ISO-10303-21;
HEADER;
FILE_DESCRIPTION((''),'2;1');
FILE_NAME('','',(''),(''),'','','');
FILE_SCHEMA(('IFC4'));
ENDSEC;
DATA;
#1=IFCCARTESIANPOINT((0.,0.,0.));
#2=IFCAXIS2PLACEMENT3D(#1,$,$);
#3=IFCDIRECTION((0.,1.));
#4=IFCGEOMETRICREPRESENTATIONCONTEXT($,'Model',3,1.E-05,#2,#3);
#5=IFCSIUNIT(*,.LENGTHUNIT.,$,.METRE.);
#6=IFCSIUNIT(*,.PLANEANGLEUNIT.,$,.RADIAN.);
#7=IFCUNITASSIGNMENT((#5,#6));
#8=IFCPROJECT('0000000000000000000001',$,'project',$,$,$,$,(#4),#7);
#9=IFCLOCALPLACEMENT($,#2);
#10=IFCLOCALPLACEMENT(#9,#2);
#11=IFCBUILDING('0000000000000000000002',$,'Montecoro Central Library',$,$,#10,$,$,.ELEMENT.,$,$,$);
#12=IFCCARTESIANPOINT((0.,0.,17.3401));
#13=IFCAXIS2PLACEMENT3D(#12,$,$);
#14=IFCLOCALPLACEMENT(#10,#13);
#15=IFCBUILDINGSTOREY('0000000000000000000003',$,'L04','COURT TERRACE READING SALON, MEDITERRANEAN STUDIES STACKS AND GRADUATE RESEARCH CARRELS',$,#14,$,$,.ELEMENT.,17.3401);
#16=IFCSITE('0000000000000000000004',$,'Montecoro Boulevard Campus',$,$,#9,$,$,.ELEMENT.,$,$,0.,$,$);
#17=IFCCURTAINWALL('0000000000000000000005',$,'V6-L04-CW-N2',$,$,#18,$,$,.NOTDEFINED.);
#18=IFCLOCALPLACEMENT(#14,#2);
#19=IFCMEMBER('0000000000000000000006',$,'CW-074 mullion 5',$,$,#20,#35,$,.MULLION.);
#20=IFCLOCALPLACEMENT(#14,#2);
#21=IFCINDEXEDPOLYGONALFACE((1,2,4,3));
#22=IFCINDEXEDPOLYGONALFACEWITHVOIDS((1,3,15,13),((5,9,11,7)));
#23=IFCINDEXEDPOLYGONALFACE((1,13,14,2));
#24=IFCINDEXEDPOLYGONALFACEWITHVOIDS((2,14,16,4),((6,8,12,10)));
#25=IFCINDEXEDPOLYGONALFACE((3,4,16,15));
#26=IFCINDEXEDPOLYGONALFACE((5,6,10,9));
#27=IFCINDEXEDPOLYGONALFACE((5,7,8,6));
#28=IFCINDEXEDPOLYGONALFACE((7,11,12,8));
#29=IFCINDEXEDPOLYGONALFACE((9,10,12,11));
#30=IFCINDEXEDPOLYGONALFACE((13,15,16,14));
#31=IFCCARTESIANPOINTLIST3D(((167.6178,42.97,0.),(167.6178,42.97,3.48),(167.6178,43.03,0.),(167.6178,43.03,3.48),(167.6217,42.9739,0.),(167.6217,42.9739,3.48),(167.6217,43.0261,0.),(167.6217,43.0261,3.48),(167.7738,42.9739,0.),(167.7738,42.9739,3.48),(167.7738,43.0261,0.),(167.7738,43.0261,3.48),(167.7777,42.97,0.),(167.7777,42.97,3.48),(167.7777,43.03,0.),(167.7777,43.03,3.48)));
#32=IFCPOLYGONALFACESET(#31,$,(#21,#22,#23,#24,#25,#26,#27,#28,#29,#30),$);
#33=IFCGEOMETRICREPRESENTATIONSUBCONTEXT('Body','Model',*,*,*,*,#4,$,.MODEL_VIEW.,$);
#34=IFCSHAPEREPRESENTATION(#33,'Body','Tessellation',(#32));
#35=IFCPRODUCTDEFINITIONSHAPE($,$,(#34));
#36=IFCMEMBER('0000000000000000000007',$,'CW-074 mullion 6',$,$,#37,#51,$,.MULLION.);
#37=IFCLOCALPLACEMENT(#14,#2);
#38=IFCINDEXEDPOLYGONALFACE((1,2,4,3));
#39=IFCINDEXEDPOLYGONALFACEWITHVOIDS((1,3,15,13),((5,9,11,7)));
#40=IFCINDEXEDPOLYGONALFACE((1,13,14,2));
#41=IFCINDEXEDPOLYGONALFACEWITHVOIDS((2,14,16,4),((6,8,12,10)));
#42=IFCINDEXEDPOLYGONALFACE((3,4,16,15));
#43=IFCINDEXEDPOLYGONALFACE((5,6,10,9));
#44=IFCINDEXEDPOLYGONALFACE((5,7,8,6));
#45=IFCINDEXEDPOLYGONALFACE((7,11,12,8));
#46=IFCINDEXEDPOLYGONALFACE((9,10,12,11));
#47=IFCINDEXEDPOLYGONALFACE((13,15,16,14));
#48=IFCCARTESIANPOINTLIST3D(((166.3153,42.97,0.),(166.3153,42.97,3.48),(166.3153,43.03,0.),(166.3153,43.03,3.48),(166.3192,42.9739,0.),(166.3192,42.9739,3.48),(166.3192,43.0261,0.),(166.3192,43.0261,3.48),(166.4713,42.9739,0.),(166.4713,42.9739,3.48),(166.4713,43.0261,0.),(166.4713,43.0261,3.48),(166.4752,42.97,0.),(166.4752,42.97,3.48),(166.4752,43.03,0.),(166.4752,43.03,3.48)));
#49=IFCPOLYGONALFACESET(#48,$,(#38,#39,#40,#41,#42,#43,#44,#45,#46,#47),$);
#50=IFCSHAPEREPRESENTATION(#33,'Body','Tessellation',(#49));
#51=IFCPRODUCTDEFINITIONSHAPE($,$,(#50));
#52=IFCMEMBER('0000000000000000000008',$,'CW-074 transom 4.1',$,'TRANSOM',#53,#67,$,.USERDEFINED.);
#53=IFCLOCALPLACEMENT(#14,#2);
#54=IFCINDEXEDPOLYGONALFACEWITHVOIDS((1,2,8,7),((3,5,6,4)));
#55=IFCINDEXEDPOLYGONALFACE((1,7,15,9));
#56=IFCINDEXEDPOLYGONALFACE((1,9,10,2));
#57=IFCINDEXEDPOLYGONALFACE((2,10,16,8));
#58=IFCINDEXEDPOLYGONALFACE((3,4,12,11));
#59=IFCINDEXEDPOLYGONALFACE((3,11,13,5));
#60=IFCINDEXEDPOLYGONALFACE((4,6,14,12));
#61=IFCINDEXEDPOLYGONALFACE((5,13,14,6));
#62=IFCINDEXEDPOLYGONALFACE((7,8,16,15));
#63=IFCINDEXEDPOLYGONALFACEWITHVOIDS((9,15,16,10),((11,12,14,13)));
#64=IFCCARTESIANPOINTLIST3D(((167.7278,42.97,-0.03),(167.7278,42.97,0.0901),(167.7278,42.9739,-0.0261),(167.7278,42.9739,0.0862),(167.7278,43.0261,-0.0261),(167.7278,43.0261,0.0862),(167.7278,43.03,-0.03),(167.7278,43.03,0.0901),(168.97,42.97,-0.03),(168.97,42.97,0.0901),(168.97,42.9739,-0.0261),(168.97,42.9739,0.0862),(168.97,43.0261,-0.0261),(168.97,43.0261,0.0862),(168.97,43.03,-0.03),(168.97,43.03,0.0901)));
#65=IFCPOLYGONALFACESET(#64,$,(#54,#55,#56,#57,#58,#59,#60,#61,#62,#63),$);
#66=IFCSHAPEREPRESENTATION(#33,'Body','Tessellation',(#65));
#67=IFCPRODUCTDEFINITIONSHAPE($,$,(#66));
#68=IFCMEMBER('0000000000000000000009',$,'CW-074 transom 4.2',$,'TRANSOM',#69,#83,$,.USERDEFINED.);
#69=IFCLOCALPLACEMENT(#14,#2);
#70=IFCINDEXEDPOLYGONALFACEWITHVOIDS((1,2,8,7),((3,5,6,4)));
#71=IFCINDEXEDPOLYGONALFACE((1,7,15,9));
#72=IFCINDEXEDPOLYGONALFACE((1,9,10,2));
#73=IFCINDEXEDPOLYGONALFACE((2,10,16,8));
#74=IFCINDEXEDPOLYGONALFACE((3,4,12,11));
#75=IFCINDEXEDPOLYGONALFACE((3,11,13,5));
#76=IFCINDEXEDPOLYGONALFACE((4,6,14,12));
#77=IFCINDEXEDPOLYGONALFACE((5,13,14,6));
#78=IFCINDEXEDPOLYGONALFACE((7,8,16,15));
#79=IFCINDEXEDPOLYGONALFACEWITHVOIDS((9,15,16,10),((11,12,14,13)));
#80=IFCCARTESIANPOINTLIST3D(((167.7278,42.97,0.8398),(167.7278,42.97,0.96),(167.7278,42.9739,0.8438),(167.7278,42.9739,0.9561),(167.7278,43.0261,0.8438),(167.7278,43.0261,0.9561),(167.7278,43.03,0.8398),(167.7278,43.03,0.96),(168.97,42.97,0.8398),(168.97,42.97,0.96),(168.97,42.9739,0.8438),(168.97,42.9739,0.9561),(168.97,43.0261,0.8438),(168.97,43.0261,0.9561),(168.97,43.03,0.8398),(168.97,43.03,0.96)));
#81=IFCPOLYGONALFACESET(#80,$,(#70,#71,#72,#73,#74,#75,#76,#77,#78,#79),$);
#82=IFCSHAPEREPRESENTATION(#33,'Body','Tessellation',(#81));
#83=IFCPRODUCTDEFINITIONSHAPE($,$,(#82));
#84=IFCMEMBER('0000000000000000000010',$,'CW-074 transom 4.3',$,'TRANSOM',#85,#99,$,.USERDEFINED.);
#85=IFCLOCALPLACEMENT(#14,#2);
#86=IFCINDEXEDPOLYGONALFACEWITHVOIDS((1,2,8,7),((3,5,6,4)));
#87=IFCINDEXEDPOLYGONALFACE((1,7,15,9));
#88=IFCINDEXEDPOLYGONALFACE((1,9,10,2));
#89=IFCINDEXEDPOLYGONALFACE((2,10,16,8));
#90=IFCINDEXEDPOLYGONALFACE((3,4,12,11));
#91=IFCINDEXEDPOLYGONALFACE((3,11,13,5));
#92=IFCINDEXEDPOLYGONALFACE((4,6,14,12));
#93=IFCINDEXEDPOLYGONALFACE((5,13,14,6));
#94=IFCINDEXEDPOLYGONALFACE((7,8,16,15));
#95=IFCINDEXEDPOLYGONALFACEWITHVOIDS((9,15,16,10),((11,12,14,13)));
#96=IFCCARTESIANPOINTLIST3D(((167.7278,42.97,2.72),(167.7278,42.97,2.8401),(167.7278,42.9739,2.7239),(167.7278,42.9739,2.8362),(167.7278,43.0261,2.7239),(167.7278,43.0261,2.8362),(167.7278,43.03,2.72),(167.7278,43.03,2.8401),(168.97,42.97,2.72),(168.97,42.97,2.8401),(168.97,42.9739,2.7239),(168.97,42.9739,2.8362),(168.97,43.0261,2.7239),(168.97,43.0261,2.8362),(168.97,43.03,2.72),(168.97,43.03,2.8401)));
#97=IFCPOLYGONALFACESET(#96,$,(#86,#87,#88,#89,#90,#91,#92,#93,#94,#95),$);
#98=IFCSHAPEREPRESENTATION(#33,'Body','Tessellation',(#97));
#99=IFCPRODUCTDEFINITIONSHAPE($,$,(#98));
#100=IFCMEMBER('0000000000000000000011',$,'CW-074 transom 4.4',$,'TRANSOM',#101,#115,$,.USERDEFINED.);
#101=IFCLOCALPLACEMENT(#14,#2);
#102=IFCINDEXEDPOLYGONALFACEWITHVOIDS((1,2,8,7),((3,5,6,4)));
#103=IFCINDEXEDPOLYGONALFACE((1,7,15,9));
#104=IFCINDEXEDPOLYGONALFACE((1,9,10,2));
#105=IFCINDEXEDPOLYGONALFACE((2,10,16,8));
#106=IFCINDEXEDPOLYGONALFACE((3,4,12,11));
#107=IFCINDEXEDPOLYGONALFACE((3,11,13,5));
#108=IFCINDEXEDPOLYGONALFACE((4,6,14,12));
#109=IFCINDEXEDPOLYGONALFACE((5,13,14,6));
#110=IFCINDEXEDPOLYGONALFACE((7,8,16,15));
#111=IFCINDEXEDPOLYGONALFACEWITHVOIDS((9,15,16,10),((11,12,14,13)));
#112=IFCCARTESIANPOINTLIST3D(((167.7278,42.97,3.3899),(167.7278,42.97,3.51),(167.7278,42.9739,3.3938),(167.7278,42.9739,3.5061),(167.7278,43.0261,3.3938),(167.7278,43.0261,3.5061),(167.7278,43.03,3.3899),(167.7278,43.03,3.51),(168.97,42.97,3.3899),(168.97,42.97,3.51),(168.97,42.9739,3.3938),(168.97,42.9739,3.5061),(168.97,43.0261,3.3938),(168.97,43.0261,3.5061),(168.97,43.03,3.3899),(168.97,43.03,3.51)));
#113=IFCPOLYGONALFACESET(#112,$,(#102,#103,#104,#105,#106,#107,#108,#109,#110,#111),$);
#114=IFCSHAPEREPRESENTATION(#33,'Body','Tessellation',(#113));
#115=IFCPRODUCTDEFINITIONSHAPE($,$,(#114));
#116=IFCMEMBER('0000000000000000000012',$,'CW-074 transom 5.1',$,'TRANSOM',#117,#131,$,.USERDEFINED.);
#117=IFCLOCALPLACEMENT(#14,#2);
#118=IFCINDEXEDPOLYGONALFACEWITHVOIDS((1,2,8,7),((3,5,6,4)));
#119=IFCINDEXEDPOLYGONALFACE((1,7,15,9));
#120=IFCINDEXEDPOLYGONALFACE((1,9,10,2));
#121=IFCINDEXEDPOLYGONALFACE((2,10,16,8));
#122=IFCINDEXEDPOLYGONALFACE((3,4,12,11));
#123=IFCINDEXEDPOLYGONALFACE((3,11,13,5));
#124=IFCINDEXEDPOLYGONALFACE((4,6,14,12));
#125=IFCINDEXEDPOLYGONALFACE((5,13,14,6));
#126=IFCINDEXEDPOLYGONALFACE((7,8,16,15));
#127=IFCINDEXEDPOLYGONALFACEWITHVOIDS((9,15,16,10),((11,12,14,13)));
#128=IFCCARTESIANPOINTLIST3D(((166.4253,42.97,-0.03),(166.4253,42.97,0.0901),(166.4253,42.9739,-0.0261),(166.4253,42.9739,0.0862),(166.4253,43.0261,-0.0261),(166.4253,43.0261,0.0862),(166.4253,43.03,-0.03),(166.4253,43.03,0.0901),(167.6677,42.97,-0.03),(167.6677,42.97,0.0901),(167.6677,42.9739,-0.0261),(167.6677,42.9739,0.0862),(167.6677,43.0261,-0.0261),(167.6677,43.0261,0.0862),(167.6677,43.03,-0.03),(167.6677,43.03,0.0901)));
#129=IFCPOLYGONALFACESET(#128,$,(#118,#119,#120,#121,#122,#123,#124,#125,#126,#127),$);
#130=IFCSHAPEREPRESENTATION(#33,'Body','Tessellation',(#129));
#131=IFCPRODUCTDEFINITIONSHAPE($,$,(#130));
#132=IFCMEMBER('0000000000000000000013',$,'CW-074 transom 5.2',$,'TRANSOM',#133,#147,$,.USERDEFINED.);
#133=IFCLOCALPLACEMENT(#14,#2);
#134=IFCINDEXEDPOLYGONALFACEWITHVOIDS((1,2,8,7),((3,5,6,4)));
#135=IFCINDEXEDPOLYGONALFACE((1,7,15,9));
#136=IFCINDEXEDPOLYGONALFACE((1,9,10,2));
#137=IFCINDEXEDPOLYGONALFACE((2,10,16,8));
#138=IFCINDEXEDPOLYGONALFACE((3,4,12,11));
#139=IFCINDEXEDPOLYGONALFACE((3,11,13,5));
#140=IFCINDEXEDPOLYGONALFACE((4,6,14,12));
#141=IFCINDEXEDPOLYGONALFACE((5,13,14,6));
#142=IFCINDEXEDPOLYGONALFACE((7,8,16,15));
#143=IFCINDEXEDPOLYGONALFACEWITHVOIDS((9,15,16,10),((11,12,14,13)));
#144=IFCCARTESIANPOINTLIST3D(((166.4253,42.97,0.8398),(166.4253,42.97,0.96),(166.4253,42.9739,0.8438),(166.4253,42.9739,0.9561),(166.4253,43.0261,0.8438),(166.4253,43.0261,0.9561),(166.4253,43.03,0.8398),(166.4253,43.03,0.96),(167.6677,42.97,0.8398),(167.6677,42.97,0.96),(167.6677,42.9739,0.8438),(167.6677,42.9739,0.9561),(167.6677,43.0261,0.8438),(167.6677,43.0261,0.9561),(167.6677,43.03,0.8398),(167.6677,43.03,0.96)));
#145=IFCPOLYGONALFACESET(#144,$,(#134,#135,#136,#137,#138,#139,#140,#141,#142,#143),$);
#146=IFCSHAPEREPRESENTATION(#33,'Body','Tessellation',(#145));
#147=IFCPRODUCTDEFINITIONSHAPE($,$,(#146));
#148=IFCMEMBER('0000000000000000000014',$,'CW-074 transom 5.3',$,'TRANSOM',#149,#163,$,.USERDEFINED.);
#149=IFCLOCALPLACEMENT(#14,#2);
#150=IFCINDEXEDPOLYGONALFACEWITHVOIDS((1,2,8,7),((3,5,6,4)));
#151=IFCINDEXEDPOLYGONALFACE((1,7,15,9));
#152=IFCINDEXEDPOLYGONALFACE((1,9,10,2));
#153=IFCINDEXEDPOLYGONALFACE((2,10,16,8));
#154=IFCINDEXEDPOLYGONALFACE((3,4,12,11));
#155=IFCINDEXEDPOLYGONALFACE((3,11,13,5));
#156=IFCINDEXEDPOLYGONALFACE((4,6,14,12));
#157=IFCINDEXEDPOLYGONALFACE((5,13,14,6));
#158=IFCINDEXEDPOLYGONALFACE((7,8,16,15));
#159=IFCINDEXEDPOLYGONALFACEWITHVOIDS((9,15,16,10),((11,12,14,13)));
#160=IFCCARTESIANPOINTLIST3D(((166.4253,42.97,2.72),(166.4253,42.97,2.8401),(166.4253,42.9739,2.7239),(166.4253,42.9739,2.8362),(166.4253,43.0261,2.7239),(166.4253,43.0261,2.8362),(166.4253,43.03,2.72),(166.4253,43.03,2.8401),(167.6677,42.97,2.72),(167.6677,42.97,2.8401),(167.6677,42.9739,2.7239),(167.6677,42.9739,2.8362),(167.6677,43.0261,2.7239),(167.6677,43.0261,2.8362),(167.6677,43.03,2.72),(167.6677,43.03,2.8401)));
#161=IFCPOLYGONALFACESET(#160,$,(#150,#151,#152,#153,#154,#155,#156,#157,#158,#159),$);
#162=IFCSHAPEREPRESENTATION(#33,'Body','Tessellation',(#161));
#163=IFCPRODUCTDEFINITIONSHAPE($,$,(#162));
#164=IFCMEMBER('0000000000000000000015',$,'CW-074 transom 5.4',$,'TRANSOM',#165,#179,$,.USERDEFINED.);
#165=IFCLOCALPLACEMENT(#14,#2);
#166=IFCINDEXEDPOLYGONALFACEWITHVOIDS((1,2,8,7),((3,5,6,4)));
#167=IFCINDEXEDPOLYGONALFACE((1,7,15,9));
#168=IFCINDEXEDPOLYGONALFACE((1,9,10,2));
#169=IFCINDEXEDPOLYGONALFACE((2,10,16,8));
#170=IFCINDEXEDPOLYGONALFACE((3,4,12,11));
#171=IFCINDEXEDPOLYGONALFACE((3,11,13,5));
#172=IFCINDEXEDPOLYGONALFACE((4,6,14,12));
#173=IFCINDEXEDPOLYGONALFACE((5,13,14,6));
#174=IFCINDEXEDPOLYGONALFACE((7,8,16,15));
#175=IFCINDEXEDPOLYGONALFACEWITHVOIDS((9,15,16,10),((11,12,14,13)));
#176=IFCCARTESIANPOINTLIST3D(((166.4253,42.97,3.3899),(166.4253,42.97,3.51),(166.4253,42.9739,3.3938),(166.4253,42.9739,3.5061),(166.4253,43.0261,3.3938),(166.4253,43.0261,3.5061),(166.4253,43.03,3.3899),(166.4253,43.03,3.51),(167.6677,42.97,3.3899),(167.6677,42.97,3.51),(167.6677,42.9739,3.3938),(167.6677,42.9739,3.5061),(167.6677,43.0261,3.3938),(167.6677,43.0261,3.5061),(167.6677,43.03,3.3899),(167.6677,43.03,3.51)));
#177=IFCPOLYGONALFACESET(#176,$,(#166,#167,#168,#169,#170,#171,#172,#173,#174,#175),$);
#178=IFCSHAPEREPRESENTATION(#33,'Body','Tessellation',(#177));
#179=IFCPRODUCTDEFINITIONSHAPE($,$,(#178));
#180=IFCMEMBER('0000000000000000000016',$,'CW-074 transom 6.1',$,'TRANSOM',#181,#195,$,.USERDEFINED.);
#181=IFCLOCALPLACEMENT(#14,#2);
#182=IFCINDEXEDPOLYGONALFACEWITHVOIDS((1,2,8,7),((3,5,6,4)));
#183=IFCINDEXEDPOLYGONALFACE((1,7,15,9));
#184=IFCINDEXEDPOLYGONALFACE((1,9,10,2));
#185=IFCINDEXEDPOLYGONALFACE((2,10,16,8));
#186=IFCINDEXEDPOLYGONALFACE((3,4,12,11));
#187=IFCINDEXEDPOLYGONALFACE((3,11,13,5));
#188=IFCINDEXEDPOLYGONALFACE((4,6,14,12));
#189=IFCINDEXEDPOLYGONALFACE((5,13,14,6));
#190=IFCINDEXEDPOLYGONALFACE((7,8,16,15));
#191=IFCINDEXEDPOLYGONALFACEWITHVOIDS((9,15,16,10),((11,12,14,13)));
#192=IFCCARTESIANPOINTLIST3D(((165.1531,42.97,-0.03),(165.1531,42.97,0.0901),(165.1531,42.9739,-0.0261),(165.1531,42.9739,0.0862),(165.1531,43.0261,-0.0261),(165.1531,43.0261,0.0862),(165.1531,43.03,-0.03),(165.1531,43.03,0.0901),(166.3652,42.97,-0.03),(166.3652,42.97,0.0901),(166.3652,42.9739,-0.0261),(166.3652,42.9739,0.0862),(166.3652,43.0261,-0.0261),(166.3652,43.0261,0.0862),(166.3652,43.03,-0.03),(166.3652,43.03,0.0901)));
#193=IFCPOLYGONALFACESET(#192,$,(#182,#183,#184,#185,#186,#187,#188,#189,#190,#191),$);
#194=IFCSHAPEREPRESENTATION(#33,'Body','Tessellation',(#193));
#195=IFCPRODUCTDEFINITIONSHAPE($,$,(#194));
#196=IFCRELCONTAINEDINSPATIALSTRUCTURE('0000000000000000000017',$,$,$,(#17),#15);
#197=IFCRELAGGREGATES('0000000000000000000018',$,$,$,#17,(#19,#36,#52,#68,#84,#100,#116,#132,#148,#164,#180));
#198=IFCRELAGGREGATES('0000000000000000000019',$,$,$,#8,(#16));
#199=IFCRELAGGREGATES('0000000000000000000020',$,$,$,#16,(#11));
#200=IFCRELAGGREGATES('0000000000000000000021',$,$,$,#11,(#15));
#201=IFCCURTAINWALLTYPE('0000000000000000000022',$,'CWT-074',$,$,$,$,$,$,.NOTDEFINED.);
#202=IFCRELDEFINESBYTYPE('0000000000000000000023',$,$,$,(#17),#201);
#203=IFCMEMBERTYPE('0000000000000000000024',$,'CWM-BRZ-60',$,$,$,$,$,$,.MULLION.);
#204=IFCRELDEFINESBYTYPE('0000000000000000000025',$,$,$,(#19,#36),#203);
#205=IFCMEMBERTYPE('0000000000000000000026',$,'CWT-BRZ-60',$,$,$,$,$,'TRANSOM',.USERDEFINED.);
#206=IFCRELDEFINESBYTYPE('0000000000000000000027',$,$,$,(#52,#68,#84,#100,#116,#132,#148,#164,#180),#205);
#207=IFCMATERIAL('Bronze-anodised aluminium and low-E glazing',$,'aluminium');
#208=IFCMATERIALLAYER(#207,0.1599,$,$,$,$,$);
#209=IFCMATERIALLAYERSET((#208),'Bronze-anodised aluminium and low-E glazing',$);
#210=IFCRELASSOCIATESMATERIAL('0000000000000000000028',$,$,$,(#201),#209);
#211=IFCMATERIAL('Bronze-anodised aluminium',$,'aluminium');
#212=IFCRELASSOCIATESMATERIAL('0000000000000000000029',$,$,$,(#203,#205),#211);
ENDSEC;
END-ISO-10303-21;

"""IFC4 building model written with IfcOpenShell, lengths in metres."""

from ifc_helpers import new_model, si_unit, direction, frame, origin, origin_2d, place, context, subcontext, project, spatial, hollow_rectangle, extrude, material, layer, layer_set, material_profile, profile_set, type_object, element, aggregate, save


model = new_model("IFC4")

# Units and contexts
model_context = context("Model", 3, precision=1e-05, world=origin(), true_north=direction((0.0, 1.0)))
body_context = subcontext(model_context, "Body", "Model", "MODEL_VIEW")
ifc_project = project(units=[si_unit("LENGTHUNIT", "METRE"), si_unit("PLANEANGLEUNIT", "RADIAN")], contexts=[model_context])

# Site, building, storey
site_placement = place(None, origin())
site = spatial("IfcSite", under=ifc_project, at=site_placement, Name="Montecoro Boulevard Campus", CompositionType="ELEMENT", RefElevation=0.0)
building_placement = place(site_placement, origin())
building = spatial("IfcBuilding", under=site, at=building_placement, Name="Montecoro Central Library", CompositionType="ELEMENT")
storey_placement = place(building_placement, frame((0.0, 0.0, 17.3401)))
storey = spatial("IfcBuildingStorey", under=building, at=storey_placement, Name="L04", Description="COURT TERRACE READING SALON, MEDITERRANEAN STUDIES STACKS AND GRADUATE RESEARCH CARRELS", CompositionType="ELEMENT", Elevation=17.3401)

# Curtain wall, members
ifc_material_1 = material(Name="Bronze-anodised aluminium and low-E glazing", Category="aluminium")
ifc_layer_1 = layer(ifc_material_1, 0.1599)
ifc_layer_set_1 = layer_set([ifc_layer_1], Name="Bronze-anodised aluminium and low-E glazing")
curtain_wall_type = type_object("IfcCurtainWallType", Name="CWT-074", PredefinedType="NOTDEFINED", material=ifc_layer_set_1)
curtain_wall_placement = place(storey_placement, origin())
curtain_wall = element("IfcCurtainWall", 1, at=curtain_wall_placement, inside=storey, type_object=curtain_wall_type, Name="V6-L04-CW-N2", PredefinedType="NOTDEFINED")
ifc_material_2 = material(Name="Bronze-anodised aluminium", Category="aluminium")
ifc_material_profile_1 = material_profile(ifc_material_2, hollow_rectangle(XDim=0.0601, YDim=0.1599, WallThickness=0.0039, at=origin_2d()), Name="CWM 160x60x4.0")
ifc_profile_set_1 = profile_set([ifc_material_profile_1], Name="Bronze-anodised aluminium")
member_type_1 = type_object("IfcMemberType", Name="CWM-BRZ-60", PredefinedType="MULLION", material=ifc_profile_set_1)
member_1_placement = place(storey_placement, frame((167.6978, 43.0, 0.0), z_axis=(0.0, 0.0, 1.0), x_axis=(0.0, -1.0, 0.0)))
member_1 = element("IfcMember", 2, at=member_1_placement, type_object=member_type_1, Name="CW-074 mullion 5", PredefinedType="MULLION", context=body_context, shape_type="SweptSolid", body=[
    extrude(hollow_rectangle(XDim=0.0601, YDim=0.1599, WallThickness=0.0039, at=origin_2d()), origin(), (0.0, 0.0, 1.0), 3.48),
])
member_2_placement = place(storey_placement, frame((166.3953, 43.0, 0.0), z_axis=(0.0, 0.0, 1.0), x_axis=(0.0, -1.0, 0.0)))
member_2 = element("IfcMember", 3, at=member_2_placement, type_object=member_type_1, Name="CW-074 mullion 6", PredefinedType="MULLION", context=body_context, shape_type="SweptSolid", body=[
    extrude(hollow_rectangle(XDim=0.0601, YDim=0.1599, WallThickness=0.0039, at=origin_2d()), origin(), (0.0, 0.0, 1.0), 3.48),
])
ifc_material_profile_2 = material_profile(ifc_material_2, hollow_rectangle(XDim=0.0601, YDim=0.1201, WallThickness=0.0039, at=origin_2d()), Name="CWT 120x60x4.0")
ifc_profile_set_2 = profile_set([ifc_material_profile_2], Name="Bronze-anodised aluminium")
member_type_2 = type_object("IfcMemberType", Name="CWT-BRZ-60", ElementType="TRANSOM", PredefinedType="USERDEFINED", material=ifc_profile_set_2)
member_3_placement = place(storey_placement, frame((168.97, 43.0, 0.03), z_axis=(-1.0, 0.0, 0.0), x_axis=(0.0, -1.0, 0.0)))
member_3 = element("IfcMember", 4, at=member_3_placement, type_object=member_type_2, Name="CW-074 transom 4.1", ObjectType="TRANSOM", PredefinedType="USERDEFINED", context=body_context, shape_type="SweptSolid", body=[
    extrude(hollow_rectangle(XDim=0.0601, YDim=0.1201, WallThickness=0.0039, at=origin_2d()), origin(), (0.0, 0.0, 1.0), 1.2422),
])
member_4_placement = place(storey_placement, frame((168.97, 43.0, 0.8999), z_axis=(-1.0, 0.0, 0.0), x_axis=(0.0, -1.0, 0.0)))
member_4 = element("IfcMember", 5, at=member_4_placement, type_object=member_type_2, Name="CW-074 transom 4.2", ObjectType="TRANSOM", PredefinedType="USERDEFINED", context=body_context, shape_type="SweptSolid", body=[
    extrude(hollow_rectangle(XDim=0.0601, YDim=0.1201, WallThickness=0.0039, at=origin_2d()), origin(), (0.0, 0.0, 1.0), 1.2422),
])
member_5_placement = place(storey_placement, frame((168.97, 43.0, 2.78), z_axis=(-1.0, 0.0, 0.0), x_axis=(0.0, -1.0, 0.0)))
member_5 = element("IfcMember", 6, at=member_5_placement, type_object=member_type_2, Name="CW-074 transom 4.3", ObjectType="TRANSOM", PredefinedType="USERDEFINED", context=body_context, shape_type="SweptSolid", body=[
    extrude(hollow_rectangle(XDim=0.0601, YDim=0.1201, WallThickness=0.0039, at=origin_2d()), origin(), (0.0, 0.0, 1.0), 1.2422),
])
member_6_placement = place(storey_placement, frame((168.97, 43.0, 3.45), z_axis=(-1.0, 0.0, 0.0), x_axis=(0.0, -1.0, 0.0)))
member_6 = element("IfcMember", 7, at=member_6_placement, type_object=member_type_2, Name="CW-074 transom 4.4", ObjectType="TRANSOM", PredefinedType="USERDEFINED", context=body_context, shape_type="SweptSolid", body=[
    extrude(hollow_rectangle(XDim=0.0601, YDim=0.1201, WallThickness=0.0039, at=origin_2d()), origin(), (0.0, 0.0, 1.0), 1.2422),
])
member_7_placement = place(storey_placement, frame((167.6677, 43.0, 0.03), z_axis=(-1.0, 0.0, 0.0), x_axis=(0.0, -1.0, 0.0)))
member_7 = element("IfcMember", 8, at=member_7_placement, type_object=member_type_2, Name="CW-074 transom 5.1", ObjectType="TRANSOM", PredefinedType="USERDEFINED", context=body_context, shape_type="SweptSolid", body=[
    extrude(hollow_rectangle(XDim=0.0601, YDim=0.1201, WallThickness=0.0039, at=origin_2d()), origin(), (0.0, 0.0, 1.0), 1.2424),
])
member_8_placement = place(storey_placement, frame((167.6677, 43.0, 0.8999), z_axis=(-1.0, 0.0, 0.0), x_axis=(0.0, -1.0, 0.0)))
member_8 = element("IfcMember", 9, at=member_8_placement, type_object=member_type_2, Name="CW-074 transom 5.2", ObjectType="TRANSOM", PredefinedType="USERDEFINED", context=body_context, shape_type="SweptSolid", body=[
    extrude(hollow_rectangle(XDim=0.0601, YDim=0.1201, WallThickness=0.0039, at=origin_2d()), origin(), (0.0, 0.0, 1.0), 1.2424),
])
member_9_placement = place(storey_placement, frame((167.6677, 43.0, 2.78), z_axis=(-1.0, 0.0, 0.0), x_axis=(0.0, -1.0, 0.0)))
member_9 = element("IfcMember", 10, at=member_9_placement, type_object=member_type_2, Name="CW-074 transom 5.3", ObjectType="TRANSOM", PredefinedType="USERDEFINED", context=body_context, shape_type="SweptSolid", body=[
    extrude(hollow_rectangle(XDim=0.0601, YDim=0.1201, WallThickness=0.0039, at=origin_2d()), origin(), (0.0, 0.0, 1.0), 1.2424),
])
member_10_placement = place(storey_placement, frame((167.6677, 43.0, 3.45), z_axis=(-1.0, 0.0, 0.0), x_axis=(0.0, -1.0, 0.0)))
member_10 = element("IfcMember", 11, at=member_10_placement, type_object=member_type_2, Name="CW-074 transom 5.4", ObjectType="TRANSOM", PredefinedType="USERDEFINED", context=body_context, shape_type="SweptSolid", body=[
    extrude(hollow_rectangle(XDim=0.0601, YDim=0.1201, WallThickness=0.0039, at=origin_2d()), origin(), (0.0, 0.0, 1.0), 1.2424),
])
member_11_placement = place(storey_placement, frame((166.3652, 43.0, 0.03), z_axis=(-1.0, 0.0, 0.0), x_axis=(0.0, -1.0, 0.0)))
member_11 = element("IfcMember", 12, at=member_11_placement, type_object=member_type_2, Name="CW-074 transom 6.1", ObjectType="TRANSOM", PredefinedType="USERDEFINED", context=body_context, shape_type="SweptSolid", body=[
    extrude(hollow_rectangle(XDim=0.0601, YDim=0.1201, WallThickness=0.0039, at=origin_2d()), origin(), (0.0, 0.0, 1.0), 1.2122),
])
aggregate(curtain_wall, [member_1, member_2, member_3, member_4, member_5, member_6, member_7, member_8, member_9, member_10, member_11])

save(model, "model.ifc")
